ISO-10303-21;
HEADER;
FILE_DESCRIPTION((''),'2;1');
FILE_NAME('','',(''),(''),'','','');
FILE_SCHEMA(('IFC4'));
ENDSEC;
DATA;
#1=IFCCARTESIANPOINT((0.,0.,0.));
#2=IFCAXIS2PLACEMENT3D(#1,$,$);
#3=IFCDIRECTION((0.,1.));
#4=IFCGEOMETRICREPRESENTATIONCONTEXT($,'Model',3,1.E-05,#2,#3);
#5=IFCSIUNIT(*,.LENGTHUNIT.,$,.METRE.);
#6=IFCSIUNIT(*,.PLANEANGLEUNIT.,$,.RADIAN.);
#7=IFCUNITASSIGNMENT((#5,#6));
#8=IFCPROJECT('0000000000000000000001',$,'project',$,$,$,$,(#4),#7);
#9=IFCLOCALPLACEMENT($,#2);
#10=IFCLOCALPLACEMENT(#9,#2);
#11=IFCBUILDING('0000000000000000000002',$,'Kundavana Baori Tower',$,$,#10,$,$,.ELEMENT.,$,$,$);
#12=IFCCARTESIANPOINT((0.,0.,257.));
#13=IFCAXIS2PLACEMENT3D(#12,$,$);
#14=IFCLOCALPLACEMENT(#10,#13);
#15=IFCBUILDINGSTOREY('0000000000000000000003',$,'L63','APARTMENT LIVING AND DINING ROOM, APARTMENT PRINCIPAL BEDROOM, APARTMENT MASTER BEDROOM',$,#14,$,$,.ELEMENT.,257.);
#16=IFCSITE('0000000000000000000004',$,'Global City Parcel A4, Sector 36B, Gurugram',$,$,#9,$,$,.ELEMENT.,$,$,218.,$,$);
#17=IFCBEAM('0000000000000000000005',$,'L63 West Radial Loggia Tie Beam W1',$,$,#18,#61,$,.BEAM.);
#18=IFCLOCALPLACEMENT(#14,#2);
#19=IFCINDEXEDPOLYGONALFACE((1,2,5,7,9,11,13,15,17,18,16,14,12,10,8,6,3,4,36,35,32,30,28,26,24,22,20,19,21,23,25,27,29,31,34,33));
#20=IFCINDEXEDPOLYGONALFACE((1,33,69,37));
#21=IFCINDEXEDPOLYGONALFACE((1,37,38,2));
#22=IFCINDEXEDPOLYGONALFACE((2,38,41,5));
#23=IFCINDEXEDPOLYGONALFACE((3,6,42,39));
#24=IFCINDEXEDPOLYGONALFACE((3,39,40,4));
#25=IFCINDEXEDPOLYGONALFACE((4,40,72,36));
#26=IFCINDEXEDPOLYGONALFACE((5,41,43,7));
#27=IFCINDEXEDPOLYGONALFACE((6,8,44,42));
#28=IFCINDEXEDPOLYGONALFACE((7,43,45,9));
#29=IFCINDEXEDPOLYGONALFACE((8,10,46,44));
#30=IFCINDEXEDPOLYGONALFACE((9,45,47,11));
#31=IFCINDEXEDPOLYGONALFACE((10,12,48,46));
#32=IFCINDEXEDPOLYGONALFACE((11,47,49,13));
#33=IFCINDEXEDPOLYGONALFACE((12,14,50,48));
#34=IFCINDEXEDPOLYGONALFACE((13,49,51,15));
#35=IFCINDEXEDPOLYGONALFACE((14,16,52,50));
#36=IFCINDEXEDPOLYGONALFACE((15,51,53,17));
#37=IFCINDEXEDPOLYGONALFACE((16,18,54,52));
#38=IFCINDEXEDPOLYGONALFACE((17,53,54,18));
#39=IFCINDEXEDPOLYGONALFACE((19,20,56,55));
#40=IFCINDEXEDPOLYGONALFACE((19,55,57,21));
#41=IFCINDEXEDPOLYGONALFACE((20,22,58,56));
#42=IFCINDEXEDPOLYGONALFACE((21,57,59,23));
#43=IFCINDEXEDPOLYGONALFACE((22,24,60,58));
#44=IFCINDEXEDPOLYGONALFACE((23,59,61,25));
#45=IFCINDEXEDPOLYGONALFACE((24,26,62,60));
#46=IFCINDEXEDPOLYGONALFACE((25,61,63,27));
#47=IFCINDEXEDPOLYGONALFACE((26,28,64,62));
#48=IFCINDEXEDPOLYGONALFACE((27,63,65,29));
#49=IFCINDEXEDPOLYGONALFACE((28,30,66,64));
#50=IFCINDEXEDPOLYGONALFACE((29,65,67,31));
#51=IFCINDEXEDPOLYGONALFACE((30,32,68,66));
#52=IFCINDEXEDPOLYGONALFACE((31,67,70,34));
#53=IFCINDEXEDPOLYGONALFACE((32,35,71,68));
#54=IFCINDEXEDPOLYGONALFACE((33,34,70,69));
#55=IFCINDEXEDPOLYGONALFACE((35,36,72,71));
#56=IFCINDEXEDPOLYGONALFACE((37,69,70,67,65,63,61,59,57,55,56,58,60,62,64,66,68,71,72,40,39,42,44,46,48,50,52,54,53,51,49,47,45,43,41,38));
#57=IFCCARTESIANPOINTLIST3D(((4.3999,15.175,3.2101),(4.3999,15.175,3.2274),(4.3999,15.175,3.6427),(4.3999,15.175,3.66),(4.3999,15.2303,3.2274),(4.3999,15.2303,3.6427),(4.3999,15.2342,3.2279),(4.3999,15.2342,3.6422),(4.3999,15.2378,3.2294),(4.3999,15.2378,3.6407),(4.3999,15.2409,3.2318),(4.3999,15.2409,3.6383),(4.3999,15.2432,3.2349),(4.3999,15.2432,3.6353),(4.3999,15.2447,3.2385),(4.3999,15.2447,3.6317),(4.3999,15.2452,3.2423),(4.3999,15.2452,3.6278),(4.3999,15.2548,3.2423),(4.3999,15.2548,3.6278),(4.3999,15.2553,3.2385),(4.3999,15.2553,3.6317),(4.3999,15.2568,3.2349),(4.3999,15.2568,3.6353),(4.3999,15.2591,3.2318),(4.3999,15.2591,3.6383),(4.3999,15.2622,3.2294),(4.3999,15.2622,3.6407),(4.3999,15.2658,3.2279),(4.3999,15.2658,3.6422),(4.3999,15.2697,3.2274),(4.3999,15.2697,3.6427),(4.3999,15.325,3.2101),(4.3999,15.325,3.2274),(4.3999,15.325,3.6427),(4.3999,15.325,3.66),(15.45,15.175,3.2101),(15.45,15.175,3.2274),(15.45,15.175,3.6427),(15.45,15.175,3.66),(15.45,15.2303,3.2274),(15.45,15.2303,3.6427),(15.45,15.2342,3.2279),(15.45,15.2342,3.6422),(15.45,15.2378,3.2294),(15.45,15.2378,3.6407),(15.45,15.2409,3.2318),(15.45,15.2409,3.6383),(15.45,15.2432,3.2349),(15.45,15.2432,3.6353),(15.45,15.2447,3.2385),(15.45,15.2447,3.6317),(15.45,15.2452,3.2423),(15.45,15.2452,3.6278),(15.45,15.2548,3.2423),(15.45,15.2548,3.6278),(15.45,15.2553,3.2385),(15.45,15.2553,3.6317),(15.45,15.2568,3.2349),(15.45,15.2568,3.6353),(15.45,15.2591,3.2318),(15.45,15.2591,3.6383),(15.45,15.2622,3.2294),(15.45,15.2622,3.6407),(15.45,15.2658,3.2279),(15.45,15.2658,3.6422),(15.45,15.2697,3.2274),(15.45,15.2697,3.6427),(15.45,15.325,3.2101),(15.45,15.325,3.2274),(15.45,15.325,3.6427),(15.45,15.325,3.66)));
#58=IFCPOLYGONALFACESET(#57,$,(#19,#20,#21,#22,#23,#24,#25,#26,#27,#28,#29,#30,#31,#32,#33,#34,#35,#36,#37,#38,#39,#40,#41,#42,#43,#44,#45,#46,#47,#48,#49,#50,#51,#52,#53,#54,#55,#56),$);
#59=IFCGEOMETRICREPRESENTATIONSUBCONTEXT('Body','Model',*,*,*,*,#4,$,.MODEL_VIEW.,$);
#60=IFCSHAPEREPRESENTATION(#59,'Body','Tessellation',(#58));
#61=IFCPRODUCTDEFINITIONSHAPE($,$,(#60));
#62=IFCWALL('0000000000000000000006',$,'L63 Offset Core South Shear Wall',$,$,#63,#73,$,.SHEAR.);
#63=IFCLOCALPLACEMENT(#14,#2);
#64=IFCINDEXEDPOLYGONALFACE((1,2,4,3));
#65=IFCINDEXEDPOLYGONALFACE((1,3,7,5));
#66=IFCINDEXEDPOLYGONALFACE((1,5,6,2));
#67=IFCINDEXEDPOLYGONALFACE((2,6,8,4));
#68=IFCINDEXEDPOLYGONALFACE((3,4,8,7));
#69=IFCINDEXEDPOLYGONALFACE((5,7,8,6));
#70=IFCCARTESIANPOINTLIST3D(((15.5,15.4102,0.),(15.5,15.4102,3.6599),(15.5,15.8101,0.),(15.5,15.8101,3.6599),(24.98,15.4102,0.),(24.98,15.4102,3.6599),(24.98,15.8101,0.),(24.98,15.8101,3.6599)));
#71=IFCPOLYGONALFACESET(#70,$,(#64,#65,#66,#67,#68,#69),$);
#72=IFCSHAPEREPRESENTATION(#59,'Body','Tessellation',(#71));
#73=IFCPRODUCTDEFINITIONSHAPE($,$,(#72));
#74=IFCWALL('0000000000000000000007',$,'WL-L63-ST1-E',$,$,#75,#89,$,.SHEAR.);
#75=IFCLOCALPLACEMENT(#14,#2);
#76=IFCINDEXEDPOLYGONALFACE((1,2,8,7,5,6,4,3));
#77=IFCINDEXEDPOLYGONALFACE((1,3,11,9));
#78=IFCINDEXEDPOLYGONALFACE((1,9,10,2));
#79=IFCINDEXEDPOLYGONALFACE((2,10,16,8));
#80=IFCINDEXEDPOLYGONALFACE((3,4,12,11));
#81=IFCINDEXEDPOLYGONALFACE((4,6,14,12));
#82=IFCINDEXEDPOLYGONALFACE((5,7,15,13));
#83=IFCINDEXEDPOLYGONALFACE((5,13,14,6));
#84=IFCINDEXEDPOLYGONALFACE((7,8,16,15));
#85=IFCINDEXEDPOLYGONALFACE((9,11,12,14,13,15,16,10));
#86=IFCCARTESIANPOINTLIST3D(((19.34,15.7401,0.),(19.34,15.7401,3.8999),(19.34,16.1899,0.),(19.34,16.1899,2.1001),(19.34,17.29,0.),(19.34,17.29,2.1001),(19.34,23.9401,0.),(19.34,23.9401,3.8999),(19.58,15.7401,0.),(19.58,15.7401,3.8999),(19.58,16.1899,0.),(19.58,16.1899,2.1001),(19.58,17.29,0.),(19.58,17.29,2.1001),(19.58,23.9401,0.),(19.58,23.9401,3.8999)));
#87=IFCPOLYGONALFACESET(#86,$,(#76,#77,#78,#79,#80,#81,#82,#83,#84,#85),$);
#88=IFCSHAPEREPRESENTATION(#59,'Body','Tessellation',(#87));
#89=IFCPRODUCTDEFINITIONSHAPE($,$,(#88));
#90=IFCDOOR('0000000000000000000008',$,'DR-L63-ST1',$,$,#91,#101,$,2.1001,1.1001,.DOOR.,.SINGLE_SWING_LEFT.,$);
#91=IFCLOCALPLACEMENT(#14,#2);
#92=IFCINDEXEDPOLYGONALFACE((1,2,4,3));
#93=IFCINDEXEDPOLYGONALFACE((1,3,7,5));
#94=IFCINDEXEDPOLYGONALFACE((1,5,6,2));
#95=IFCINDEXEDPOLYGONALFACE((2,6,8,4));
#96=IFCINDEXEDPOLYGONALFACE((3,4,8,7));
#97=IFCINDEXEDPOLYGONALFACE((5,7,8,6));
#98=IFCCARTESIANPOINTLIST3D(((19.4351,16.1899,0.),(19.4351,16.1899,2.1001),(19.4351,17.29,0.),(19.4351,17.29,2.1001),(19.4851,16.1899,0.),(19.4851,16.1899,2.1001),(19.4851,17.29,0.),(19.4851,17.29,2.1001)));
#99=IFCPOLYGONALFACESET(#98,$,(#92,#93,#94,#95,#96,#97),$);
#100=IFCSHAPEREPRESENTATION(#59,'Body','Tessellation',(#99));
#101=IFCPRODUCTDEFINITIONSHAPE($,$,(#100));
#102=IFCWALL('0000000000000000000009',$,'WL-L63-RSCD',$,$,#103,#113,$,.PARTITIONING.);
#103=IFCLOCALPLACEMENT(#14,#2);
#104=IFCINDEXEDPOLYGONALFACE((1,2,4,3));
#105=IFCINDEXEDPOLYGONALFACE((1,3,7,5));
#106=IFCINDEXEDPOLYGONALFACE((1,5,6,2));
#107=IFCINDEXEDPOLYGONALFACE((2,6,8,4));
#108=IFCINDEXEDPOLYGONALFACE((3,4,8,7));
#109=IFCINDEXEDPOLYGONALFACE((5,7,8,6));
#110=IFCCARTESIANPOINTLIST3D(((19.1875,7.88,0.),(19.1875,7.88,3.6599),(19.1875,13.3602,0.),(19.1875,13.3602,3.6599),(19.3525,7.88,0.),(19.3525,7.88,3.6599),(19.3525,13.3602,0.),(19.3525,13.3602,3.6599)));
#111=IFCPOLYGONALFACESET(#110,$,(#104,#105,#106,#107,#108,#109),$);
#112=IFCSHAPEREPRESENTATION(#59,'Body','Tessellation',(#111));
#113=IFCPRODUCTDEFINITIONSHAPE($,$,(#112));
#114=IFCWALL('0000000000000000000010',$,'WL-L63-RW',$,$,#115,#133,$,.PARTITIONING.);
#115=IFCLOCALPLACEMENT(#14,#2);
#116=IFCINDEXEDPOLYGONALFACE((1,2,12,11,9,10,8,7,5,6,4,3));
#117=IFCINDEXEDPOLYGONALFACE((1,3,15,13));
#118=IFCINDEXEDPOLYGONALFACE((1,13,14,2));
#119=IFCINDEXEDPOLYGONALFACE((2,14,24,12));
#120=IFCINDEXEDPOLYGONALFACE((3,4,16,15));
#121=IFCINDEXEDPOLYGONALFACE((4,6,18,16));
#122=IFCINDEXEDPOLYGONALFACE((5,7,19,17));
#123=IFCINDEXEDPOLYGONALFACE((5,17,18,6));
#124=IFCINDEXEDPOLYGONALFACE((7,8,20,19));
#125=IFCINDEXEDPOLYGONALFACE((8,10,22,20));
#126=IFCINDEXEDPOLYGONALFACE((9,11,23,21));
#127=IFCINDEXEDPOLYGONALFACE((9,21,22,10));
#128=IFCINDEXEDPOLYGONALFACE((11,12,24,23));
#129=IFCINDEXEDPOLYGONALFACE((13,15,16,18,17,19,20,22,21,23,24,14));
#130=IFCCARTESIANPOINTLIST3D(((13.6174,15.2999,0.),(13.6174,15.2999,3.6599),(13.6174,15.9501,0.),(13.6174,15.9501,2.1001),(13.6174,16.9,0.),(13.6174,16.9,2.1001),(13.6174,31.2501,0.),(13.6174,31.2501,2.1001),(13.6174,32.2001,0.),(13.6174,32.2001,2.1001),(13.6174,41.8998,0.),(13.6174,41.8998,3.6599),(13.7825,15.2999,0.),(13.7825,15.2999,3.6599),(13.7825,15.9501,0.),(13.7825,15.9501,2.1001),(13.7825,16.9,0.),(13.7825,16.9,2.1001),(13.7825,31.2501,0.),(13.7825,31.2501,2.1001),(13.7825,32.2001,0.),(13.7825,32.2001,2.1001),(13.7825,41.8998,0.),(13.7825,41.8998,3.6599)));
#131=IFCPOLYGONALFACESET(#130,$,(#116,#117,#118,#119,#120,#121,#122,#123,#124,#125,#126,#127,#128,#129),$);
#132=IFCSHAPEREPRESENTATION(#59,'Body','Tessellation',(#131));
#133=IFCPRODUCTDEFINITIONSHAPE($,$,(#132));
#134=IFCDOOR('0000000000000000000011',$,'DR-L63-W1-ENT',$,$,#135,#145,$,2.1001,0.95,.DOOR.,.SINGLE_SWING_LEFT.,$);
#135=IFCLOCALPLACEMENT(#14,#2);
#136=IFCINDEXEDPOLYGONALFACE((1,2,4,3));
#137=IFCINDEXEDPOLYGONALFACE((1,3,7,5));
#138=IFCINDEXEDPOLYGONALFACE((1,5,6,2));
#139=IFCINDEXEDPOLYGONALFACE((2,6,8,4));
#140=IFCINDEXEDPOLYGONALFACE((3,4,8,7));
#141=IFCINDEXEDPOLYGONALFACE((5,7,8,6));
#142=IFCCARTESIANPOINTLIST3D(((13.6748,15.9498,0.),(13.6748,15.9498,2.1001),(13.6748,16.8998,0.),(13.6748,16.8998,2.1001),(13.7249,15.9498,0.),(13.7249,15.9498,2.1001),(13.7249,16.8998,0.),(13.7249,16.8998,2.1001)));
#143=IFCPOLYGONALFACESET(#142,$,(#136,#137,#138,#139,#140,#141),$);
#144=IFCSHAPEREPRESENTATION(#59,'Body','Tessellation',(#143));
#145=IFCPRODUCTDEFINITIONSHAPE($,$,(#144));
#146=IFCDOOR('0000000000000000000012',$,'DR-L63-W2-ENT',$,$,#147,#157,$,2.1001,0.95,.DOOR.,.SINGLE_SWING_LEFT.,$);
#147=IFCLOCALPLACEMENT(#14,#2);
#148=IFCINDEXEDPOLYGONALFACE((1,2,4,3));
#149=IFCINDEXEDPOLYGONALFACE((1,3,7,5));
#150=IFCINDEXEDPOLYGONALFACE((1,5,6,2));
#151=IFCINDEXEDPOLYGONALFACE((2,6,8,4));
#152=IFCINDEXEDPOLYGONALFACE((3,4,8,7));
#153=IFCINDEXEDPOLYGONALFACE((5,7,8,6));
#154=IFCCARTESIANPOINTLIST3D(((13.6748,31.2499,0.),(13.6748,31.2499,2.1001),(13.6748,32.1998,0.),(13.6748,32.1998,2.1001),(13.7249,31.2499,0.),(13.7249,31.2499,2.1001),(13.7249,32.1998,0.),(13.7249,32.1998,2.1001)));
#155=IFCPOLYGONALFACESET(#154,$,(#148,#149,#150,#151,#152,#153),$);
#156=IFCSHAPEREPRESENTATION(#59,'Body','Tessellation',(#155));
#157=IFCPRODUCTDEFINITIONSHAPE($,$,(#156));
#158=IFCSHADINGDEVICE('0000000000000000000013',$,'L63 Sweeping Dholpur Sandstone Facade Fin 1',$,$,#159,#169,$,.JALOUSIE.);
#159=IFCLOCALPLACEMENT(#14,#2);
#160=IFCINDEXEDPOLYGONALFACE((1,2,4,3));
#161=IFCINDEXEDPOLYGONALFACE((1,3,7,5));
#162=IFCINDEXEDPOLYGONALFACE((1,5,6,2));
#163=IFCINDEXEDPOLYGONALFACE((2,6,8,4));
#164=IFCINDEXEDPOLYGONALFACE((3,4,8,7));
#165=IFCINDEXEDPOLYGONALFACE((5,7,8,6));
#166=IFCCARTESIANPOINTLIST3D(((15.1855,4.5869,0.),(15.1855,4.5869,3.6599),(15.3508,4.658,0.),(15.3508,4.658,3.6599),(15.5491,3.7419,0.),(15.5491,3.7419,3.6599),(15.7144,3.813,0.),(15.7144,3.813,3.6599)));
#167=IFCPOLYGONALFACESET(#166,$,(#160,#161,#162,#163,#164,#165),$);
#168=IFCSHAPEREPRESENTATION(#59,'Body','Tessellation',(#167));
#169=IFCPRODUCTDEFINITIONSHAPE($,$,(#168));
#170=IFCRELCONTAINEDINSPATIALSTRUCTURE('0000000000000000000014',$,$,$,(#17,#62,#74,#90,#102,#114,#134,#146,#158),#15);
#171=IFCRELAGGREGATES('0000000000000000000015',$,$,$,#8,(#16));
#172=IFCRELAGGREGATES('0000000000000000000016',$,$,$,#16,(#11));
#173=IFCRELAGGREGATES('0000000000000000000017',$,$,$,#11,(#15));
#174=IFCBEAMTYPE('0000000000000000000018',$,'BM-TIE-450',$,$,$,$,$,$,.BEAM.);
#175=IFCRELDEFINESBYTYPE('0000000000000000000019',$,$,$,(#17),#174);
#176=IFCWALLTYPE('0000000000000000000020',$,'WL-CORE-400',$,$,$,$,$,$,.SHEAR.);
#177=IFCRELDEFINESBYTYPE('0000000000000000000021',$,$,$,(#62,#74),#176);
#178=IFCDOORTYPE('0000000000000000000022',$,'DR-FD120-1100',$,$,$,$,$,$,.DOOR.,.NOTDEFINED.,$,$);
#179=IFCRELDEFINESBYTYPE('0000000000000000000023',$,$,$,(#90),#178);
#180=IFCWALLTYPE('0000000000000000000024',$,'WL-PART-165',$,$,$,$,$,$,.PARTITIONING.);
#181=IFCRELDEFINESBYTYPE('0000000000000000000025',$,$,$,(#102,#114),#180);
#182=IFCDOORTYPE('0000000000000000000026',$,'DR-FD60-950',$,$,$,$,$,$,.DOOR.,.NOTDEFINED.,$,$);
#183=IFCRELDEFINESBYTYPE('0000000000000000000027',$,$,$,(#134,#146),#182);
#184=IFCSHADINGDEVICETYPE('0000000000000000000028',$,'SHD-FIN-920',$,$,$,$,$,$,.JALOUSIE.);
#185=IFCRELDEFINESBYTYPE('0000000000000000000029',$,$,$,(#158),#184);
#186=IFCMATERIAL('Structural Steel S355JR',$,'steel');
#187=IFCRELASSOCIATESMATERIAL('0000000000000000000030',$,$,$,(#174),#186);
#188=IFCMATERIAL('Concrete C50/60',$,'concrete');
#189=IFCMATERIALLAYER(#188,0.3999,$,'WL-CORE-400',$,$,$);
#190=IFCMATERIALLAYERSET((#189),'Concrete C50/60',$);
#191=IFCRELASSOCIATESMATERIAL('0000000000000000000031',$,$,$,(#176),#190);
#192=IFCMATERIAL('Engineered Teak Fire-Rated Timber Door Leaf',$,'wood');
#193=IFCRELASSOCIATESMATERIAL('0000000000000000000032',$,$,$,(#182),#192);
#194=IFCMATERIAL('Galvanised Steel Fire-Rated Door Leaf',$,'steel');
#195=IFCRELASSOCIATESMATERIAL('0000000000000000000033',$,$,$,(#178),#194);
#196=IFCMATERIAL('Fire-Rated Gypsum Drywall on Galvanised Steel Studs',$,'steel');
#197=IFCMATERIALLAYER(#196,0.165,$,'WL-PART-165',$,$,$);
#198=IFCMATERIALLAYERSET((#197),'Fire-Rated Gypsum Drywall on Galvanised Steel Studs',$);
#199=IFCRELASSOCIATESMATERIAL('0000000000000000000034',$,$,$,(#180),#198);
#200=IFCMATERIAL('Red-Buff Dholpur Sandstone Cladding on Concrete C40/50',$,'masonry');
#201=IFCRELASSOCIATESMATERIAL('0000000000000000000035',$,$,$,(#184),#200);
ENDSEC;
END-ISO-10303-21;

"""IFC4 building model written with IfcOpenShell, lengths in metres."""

from ifc_helpers import new_model, si_unit, direction, frame, frame_2d, origin, origin_2d, place, context, subcontext, project, spatial, rectangle, i_section, extrude, material, layer, layer_set, material_profile, profile_set, type_object, element, fill, save


model = new_model("IFC4")

# Units and contexts
model_context = context("Model", 3, precision=1e-05, world=origin(), true_north=direction((0.0, 1.0)))
body_context = subcontext(model_context, "Body", "Model", "MODEL_VIEW")
ifc_project = project(units=[si_unit("LENGTHUNIT", "METRE"), si_unit("PLANEANGLEUNIT", "RADIAN")], contexts=[model_context])

# Site, building, storey
site_placement = place(None, origin())
site = spatial("IfcSite", under=ifc_project, at=site_placement, Name="Global City Parcel A4, Sector 36B, Gurugram", CompositionType="ELEMENT", RefElevation=218.0)
building_placement = place(site_placement, origin())
building = spatial("IfcBuilding", under=site, at=building_placement, Name="Kundavana Baori Tower", CompositionType="ELEMENT")
storey_placement = place(building_placement, frame((0.0, 0.0, 257.0)))
storey = spatial("IfcBuildingStorey", under=building, at=storey_placement, Name="L63", Description="APARTMENT LIVING AND DINING ROOM, APARTMENT PRINCIPAL BEDROOM, APARTMENT MASTER BEDROOM", CompositionType="ELEMENT", Elevation=257.0)

# Beam
ifc_material_1 = material(Name="Structural Steel S355JR", Category="steel")
ifc_material_profile_1 = material_profile(ifc_material_1, i_section(OverallWidth=0.1499, OverallDepth=0.45, WebThickness=0.0095, FlangeThickness=0.0173, FilletRadius=0.0149, at=origin_2d()), Name="ISMB 450")
ifc_profile_set_1 = profile_set([ifc_material_profile_1], Name="Structural Steel S355JR")
beam_type_1 = type_object("IfcBeamType", Name="BM-TIE-450", PredefinedType="BEAM", material=ifc_profile_set_1)
for number, where, z_axis, x_axis, name in (
    (1, (15.45, 15.25, 3.4351), (-1.0, 0.0, 0.0), (0.0, -1.0, 0.0), "L63 West Radial Loggia Tie Beam W1"),
):
    element("IfcBeam", number, at=place(storey_placement, frame(where, z_axis=z_axis, x_axis=x_axis)), inside=storey, type_object=beam_type_1, Name=name, PredefinedType="BEAM", context=body_context, shape_type="SweptSolid", body=[
        extrude(i_section(OverallWidth=0.1499, OverallDepth=0.45, WebThickness=0.0095, FlangeThickness=0.0173, FilletRadius=0.0149, at=origin_2d()), origin(), (0.0, 0.0, 1.0), 11.05),
    ])

# Wall
ifc_material_2 = material(Name="Concrete C50/60", Category="concrete")
ifc_layer_1 = layer(ifc_material_2, 0.3999, Name="WL-CORE-400")
ifc_layer_set_1 = layer_set([ifc_layer_1], Name="Concrete C50/60")
wall_type_1 = type_object("IfcWallType", Name="WL-CORE-400", PredefinedType="SHEAR", material=ifc_layer_set_1)
wall_1_placement = place(storey_placement, frame((15.5, 15.6101, 0.0), z_axis=(0.0, 0.0, 1.0), x_axis=(1.0, 0.0, 0.0)))
element("IfcWall", 2, at=wall_1_placement, inside=storey, type_object=wall_type_1, Name="L63 Offset Core South Shear Wall", PredefinedType="SHEAR", context=body_context, shape_type="SweptSolid", body=[
    extrude(rectangle(XDim=9.48, YDim=0.3999, at=frame_2d((4.74, 0.0))), origin(), (0.0, 0.0, 1.0), 3.6599),
])

# Shared definitions
ifc_material_3 = material(Name="Engineered Teak Fire-Rated Timber Door Leaf", Category="wood")
door_type_1 = type_object("IfcDoorType", Name="DR-FD60-950", OperationType="NOTDEFINED", PredefinedType="DOOR", material=ifc_material_3)

# Wall, opening, door
wall_2_placement = place(storey_placement, frame((19.46, 15.74, 0.0), z_axis=(0.0, 0.0, 1.0), x_axis=(0.0, 1.0, 0.0)))
wall_2 = element("IfcWall", 3, at=wall_2_placement, inside=storey, type_object=wall_type_1, Name="WL-L63-ST1-E", PredefinedType="SHEAR", context=body_context, shape_type="SweptSolid", body=[
    extrude(rectangle(XDim=8.2, YDim=0.24, at=frame_2d((4.1001, 0.0))), origin(), (0.0, 0.0, 1.0), 3.8999),
])
opening_1_placement = place(wall_2_placement, frame((0.45, 0.0, 0.0)))
opening_1 = element("IfcOpeningElement", 4, at=opening_1_placement, cuts=wall_2, PredefinedType="OPENING", context=body_context, shape_type="SweptSolid", body=[
    extrude(rectangle(XDim=1.1001, YDim=2.1001, at=frame_2d((0.55, 1.05))), frame((0.0, 0.1299, 0.0), z_axis=(0.0, -1.0, 0.0), x_axis=(1.0, 0.0, 0.0)), (0.0, 0.0, 1.0), 0.26),
])
ifc_material_4 = material(Name="Galvanised Steel Fire-Rated Door Leaf", Category="steel")
door_type_2 = type_object("IfcDoorType", Name="DR-FD120-1100", OperationType="NOTDEFINED", PredefinedType="DOOR", material=ifc_material_4)
door_1_placement = place(opening_1_placement, origin())
door_1 = element("IfcDoor", 5, at=door_1_placement, inside=storey, type_object=door_type_2, Name="DR-L63-ST1", OperationType="SINGLE_SWING_LEFT", OverallHeight=2.1001, OverallWidth=1.1001, PredefinedType="DOOR", context=body_context, shape_type="SweptSolid", body=[
    extrude(rectangle(XDim=1.1001, YDim=2.1001, at=frame_2d((0.55, 1.05))), frame((0.0, 0.0249, 0.0), z_axis=(0.0, -1.0, 0.0), x_axis=(1.0, 0.0, 0.0)), (0.0, 0.0, 1.0), 0.05),
])
fill(opening_1, door_1)

# Wall
ifc_material_5 = material(Name="Fire-Rated Gypsum Drywall on Galvanised Steel Studs", Category="steel")
ifc_layer_2 = layer(ifc_material_5, 0.165, Name="WL-PART-165")
ifc_layer_set_2 = layer_set([ifc_layer_2], Name="Fire-Rated Gypsum Drywall on Galvanised Steel Studs")
wall_type_2 = type_object("IfcWallType", Name="WL-PART-165", PredefinedType="PARTITIONING", material=ifc_layer_set_2)
wall_3_placement = place(storey_placement, frame((19.27, 7.8799, 0.0), z_axis=(0.0, 0.0, 1.0), x_axis=(0.0, 1.0, 0.0)))
element("IfcWall", 6, at=wall_3_placement, inside=storey, type_object=wall_type_2, Name="WL-L63-RSCD", PredefinedType="PARTITIONING", context=body_context, shape_type="SweptSolid", body=[
    extrude(rectangle(XDim=5.4802, YDim=0.165, at=frame_2d((2.7402, 0.0))), origin(), (0.0, 0.0, 1.0), 3.6599),
])

# Wall, openings, doors
wall_4_placement = place(storey_placement, frame((13.7, 15.3, 0.0), z_axis=(0.0, 0.0, 1.0), x_axis=(0.0, 1.0, 0.0)))
wall_4 = element("IfcWall", 7, at=wall_4_placement, inside=storey, type_object=wall_type_2, Name="WL-L63-RW", PredefinedType="PARTITIONING", context=body_context, shape_type="SweptSolid", body=[
    extrude(rectangle(XDim=26.5999, YDim=0.165, at=frame_2d((13.2998, 0.0))), origin(), (0.0, 0.0, 1.0), 3.6599),
])
opening_2_placement = place(wall_4_placement, frame((0.6499, 0.0, 0.0)))
opening_2 = element("IfcOpeningElement", 8, at=opening_2_placement, cuts=wall_4, PredefinedType="OPENING", context=body_context, shape_type="SweptSolid", body=[
    extrude(rectangle(XDim=0.95, YDim=2.1001, at=frame_2d((0.4751, 1.05))), frame((0.0, 0.0925, 0.0), z_axis=(0.0, -1.0, 0.0), x_axis=(1.0, 0.0, 0.0)), (0.0, 0.0, 1.0), 0.1851),
])
opening_3_placement = place(wall_4_placement, frame((15.95, 0.0, 0.0)))
opening_3 = element("IfcOpeningElement", 9, at=opening_3_placement, cuts=wall_4, PredefinedType="OPENING", context=body_context, shape_type="SweptSolid", body=[
    extrude(rectangle(XDim=0.95, YDim=2.1001, at=frame_2d((0.4751, 1.05))), frame((0.0, 0.0925, 0.0), z_axis=(0.0, -1.0, 0.0), x_axis=(1.0, 0.0, 0.0)), (0.0, 0.0, 1.0), 0.1851),
])
door_2_placement = place(opening_2_placement, frame((0.95, 0.0, 0.0), z_axis=(0.0, 0.0, 1.0), x_axis=(-1.0, 0.0, 0.0)))
door_2 = element("IfcDoor", 10, at=door_2_placement, inside=storey, type_object=door_type_1, Name="DR-L63-W1-ENT", OperationType="SINGLE_SWING_LEFT", OverallHeight=2.1001, OverallWidth=0.95, PredefinedType="DOOR", context=body_context, shape_type="SweptSolid", body=[
    extrude(rectangle(XDim=0.95, YDim=2.1001, at=frame_2d((0.4751, 1.05))), frame((0.0, 0.0249, 0.0), z_axis=(0.0, -1.0, 0.0), x_axis=(1.0, 0.0, 0.0)), (0.0, 0.0, 1.0), 0.05),
])
fill(opening_2, door_2)
door_3_placement = place(opening_3_placement, frame((0.95, 0.0, 0.0), z_axis=(0.0, 0.0, 1.0), x_axis=(-1.0, 0.0, 0.0)))
door_3 = element("IfcDoor", 11, at=door_3_placement, inside=storey, type_object=door_type_1, Name="DR-L63-W2-ENT", OperationType="SINGLE_SWING_LEFT", OverallHeight=2.1001, OverallWidth=0.95, PredefinedType="DOOR", context=body_context, shape_type="SweptSolid", body=[
    extrude(rectangle(XDim=0.95, YDim=2.1001, at=frame_2d((0.4751, 1.05))), frame((0.0, 0.0249, 0.0), z_axis=(0.0, -1.0, 0.0), x_axis=(1.0, 0.0, 0.0)), (0.0, 0.0, 1.0), 0.05),
])
fill(opening_3, door_3)

# Shading device
ifc_material_6 = material(Name="Red-Buff Dholpur Sandstone Cladding on Concrete C40/50", Category="masonry")
shading_device_type = type_object("IfcShadingDeviceType", Name="SHD-FIN-920", PredefinedType="JALOUSIE", material=ifc_material_6)
shading_device_placement = place(storey_placement, frame((15.45, 4.2, 0.0), z_axis=(0.0, 0.0, 1.0), x_axis=(0.918584, 0.395225, 0.0)))
element("IfcShadingDevice", 12, at=shading_device_placement, inside=storey, type_object=shading_device_type, Name="L63 Sweeping Dholpur Sandstone Facade Fin 1", PredefinedType="JALOUSIE", context=body_context, shape_type="SweptSolid", body=[
    extrude(rectangle(XDim=0.1799, YDim=0.9199, at=origin_2d()), origin(), (0.0, 0.0, 1.0), 3.6599),
])

save(model, "model.ifc")
